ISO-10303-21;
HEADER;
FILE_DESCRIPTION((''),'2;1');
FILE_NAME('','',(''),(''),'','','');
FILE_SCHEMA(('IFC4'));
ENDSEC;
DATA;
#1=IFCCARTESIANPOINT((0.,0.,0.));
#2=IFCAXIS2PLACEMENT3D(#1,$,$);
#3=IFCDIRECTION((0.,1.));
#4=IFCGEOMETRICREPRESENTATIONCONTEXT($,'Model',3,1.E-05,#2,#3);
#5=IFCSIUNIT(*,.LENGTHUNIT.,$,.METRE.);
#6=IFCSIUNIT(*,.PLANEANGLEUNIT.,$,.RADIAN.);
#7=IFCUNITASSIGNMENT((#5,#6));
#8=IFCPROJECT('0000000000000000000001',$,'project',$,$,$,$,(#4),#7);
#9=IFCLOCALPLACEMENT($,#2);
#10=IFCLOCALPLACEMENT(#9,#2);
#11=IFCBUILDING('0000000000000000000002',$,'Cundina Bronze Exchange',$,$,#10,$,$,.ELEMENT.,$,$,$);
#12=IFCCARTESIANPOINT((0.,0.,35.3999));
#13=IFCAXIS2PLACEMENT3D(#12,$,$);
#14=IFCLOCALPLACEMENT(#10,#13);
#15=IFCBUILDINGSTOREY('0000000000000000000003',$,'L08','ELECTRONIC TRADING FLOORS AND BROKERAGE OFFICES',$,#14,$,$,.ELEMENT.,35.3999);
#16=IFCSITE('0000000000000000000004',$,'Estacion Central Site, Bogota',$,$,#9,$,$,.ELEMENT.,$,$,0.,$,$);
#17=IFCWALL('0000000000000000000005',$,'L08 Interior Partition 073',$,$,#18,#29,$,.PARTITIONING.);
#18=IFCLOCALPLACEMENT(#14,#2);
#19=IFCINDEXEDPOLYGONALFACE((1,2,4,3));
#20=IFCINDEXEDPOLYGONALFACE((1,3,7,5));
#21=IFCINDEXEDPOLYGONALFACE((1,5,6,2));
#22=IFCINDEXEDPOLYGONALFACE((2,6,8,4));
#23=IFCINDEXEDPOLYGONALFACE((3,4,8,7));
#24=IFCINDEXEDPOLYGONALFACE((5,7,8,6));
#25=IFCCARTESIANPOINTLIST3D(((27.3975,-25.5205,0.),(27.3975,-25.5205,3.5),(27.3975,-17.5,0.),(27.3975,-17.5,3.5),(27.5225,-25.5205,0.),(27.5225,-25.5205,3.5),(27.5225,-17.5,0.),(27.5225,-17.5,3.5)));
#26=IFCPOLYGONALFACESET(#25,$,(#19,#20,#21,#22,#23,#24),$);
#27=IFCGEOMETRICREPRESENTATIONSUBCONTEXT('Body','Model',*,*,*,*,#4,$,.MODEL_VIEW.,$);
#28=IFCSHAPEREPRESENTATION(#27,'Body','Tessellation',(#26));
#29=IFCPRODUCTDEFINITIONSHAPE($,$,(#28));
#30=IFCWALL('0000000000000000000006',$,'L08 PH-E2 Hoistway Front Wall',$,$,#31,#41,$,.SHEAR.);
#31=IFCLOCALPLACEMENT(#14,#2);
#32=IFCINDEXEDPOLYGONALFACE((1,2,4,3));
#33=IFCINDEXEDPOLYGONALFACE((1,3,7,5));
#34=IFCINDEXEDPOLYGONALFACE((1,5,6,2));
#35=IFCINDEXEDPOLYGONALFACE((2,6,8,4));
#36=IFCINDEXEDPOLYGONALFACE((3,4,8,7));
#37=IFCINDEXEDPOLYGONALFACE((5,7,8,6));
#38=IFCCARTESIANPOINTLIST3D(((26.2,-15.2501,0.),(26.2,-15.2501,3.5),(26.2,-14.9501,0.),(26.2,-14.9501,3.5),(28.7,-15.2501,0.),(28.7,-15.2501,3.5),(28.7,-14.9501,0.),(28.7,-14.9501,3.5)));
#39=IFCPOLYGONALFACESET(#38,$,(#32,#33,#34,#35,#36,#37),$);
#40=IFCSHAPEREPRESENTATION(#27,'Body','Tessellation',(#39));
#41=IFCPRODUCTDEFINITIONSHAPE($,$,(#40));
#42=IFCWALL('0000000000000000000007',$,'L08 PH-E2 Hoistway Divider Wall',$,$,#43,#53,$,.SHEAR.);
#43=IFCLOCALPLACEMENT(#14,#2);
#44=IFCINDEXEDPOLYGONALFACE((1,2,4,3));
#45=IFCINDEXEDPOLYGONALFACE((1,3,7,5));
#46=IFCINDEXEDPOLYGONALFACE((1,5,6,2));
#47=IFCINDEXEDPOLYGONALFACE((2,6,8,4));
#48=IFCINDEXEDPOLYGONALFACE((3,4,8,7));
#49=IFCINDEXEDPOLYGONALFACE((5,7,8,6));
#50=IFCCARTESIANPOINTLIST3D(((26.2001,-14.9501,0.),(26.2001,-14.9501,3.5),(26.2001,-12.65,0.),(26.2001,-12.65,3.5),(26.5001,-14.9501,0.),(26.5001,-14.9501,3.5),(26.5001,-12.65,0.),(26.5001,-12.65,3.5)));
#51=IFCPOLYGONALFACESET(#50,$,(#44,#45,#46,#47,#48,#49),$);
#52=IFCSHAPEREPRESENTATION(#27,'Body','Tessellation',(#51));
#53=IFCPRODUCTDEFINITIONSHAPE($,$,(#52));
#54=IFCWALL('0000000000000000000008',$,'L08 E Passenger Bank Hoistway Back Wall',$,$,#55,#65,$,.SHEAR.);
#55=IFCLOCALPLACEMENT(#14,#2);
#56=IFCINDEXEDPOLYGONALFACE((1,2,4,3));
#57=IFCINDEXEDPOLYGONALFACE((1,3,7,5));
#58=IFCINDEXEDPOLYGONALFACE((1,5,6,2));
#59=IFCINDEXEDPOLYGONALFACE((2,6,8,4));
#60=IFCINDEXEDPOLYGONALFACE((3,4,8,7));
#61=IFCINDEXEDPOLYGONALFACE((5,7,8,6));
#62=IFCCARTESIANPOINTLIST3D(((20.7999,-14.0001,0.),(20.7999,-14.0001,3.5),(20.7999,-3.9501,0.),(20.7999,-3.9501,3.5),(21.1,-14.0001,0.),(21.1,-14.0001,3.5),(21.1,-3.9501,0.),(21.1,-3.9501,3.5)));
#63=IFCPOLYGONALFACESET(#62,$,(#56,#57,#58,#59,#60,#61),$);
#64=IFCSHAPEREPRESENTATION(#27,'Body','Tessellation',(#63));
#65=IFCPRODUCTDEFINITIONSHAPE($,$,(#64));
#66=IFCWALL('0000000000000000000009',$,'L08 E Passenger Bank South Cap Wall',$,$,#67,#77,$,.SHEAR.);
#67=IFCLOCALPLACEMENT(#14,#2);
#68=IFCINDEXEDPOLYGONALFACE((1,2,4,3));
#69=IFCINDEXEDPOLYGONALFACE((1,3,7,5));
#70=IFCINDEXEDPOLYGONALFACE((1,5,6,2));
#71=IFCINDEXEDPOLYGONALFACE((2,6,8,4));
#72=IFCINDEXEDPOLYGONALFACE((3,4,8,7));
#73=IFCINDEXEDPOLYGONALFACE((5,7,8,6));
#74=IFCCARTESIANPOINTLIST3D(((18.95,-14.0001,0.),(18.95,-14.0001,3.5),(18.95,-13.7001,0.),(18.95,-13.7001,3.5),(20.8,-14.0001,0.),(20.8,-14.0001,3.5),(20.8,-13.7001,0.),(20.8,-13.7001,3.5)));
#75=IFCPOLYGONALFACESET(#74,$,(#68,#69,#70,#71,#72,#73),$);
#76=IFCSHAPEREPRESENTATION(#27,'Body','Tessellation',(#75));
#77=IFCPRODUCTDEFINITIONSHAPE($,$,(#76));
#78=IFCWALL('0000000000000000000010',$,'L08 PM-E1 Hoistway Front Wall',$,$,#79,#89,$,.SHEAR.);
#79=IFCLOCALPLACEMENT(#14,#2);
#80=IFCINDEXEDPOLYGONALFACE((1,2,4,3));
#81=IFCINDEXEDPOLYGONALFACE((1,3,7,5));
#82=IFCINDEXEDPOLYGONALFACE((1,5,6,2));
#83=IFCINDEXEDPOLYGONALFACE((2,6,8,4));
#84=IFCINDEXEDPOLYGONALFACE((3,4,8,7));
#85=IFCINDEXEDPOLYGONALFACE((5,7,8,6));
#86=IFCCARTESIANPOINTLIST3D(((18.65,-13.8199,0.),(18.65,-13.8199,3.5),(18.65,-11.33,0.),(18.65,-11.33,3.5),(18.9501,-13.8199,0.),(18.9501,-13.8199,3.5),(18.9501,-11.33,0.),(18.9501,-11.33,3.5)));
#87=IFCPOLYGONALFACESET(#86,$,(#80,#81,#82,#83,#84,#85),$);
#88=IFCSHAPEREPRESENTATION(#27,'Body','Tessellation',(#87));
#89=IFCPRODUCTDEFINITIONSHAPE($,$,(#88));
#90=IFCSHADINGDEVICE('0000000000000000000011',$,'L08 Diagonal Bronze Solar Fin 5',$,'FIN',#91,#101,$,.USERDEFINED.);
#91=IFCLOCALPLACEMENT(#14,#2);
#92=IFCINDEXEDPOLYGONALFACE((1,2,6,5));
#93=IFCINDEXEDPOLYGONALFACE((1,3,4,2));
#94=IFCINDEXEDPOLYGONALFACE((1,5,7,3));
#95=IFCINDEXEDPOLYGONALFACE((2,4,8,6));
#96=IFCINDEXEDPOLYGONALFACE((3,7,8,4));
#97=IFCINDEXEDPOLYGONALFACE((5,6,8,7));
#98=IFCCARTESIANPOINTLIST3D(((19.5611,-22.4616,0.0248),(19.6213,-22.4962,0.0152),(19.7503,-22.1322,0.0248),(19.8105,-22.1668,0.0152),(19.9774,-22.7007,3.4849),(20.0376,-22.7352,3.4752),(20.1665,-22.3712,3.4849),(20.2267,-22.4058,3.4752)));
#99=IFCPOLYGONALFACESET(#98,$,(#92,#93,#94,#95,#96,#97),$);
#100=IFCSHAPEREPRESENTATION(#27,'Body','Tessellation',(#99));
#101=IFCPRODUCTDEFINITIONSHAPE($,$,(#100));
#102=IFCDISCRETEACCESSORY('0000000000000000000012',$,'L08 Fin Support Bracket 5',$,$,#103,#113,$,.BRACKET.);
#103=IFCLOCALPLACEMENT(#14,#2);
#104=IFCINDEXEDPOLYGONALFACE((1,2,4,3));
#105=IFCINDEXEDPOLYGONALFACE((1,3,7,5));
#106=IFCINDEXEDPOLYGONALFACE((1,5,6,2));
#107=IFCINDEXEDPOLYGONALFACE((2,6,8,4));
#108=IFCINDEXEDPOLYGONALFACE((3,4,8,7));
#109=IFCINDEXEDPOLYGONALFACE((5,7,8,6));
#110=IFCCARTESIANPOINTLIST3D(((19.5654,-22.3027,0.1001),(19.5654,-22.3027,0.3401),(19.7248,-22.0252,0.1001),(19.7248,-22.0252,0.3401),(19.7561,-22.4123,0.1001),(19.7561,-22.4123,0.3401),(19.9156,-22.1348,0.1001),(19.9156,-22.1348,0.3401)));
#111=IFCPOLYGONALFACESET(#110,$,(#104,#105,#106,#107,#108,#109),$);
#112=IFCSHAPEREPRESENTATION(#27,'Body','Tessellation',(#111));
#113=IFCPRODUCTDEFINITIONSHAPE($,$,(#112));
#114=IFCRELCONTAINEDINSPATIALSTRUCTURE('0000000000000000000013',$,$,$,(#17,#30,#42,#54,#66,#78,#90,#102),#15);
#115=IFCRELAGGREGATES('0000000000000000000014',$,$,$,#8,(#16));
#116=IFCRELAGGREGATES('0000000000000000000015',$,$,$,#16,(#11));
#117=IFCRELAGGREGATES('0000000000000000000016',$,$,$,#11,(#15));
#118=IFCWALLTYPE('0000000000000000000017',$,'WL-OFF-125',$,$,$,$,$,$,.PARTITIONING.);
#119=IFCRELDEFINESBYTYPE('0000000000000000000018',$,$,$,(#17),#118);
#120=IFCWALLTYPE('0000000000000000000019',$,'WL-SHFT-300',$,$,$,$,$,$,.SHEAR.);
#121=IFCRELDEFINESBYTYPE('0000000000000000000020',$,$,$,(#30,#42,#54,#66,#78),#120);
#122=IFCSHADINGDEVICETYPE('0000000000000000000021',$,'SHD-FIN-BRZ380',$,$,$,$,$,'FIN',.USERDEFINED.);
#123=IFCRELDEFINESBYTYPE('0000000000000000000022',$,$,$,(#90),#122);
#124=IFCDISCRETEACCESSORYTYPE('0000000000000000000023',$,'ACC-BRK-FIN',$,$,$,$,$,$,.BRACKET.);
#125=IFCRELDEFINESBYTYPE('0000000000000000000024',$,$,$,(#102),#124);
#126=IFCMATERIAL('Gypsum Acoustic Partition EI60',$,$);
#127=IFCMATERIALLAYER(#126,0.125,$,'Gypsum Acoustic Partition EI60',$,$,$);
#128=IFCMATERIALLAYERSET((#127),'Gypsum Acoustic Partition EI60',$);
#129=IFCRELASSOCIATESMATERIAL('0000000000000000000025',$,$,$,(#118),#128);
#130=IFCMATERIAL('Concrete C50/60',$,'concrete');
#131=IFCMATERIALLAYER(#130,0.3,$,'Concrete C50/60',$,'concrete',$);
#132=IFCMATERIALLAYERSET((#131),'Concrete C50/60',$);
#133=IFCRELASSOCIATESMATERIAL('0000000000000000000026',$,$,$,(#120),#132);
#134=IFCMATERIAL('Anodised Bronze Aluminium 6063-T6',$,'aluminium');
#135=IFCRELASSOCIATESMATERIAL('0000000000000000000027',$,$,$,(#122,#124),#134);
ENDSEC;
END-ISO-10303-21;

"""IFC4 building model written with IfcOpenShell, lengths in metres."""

from ifc_helpers import new_model, si_unit, direction, frame, frame_2d, origin, origin_2d, place, context, subcontext, project, spatial, rectangle, extrude, material, layer, layer_set, material_profile, profile_set, type_object, element, save


model = new_model("IFC4")

# Units and contexts
model_context = context("Model", 3, precision=1e-05, world=origin(), true_north=direction((0.0, 1.0)))
body_context = subcontext(model_context, "Body", "Model", "MODEL_VIEW")
ifc_project = project(units=[si_unit("LENGTHUNIT", "METRE"), si_unit("PLANEANGLEUNIT", "RADIAN")], contexts=[model_context])

# Site, building, storey
site_placement = place(None, origin())
site = spatial("IfcSite", under=ifc_project, at=site_placement, Name="Estacion Central Site, Bogota", CompositionType="ELEMENT", RefElevation=0.0)
building_placement = place(site_placement, origin())
building = spatial("IfcBuilding", under=site, at=building_placement, Name="Cundina Bronze Exchange", CompositionType="ELEMENT")
storey_placement = place(building_placement, frame((0.0, 0.0, 35.3999)))
storey = spatial("IfcBuildingStorey", under=building, at=storey_placement, Name="L08", Description="ELECTRONIC TRADING FLOORS AND BROKERAGE OFFICES", CompositionType="ELEMENT", Elevation=35.3999)

# Shared definitions
ifc_material_1 = material(Name="Anodised Bronze Aluminium 6063-T6", Category="aluminium")

# Walls
ifc_material_2 = material(Name="Gypsum Acoustic Partition EI60")
ifc_layer_1 = layer(ifc_material_2, 0.125, Name="Gypsum Acoustic Partition EI60")
ifc_layer_set_1 = layer_set([ifc_layer_1], Name="Gypsum Acoustic Partition EI60")
wall_type_1 = type_object("IfcWallType", Name="WL-OFF-125", PredefinedType="PARTITIONING", material=ifc_layer_set_1)
wall_1_placement = place(storey_placement, frame((27.46, -25.5205, 0.0), z_axis=(0.0, 0.0, 1.0), x_axis=(0.0, 1.0, 0.0)))
element("IfcWall", 1, at=wall_1_placement, inside=storey, type_object=wall_type_1, Name="L08 Interior Partition 073", PredefinedType="PARTITIONING", context=body_context, shape_type="SweptSolid", body=[
    extrude(rectangle(XDim=8.0205, YDim=0.125, at=frame_2d((4.0103, 0.0))), origin(), (0.0, 0.0, 1.0), 3.5),
])
ifc_material_3 = material(Name="Concrete C50/60", Category="concrete")
ifc_layer_2 = layer(ifc_material_3, 0.3, Name="Concrete C50/60", Category="concrete")
ifc_layer_set_2 = layer_set([ifc_layer_2], Name="Concrete C50/60")
wall_type_2 = type_object("IfcWallType", Name="WL-SHFT-300", PredefinedType="SHEAR", material=ifc_layer_set_2)
wall_2_placement = place(storey_placement, frame((26.2, -15.1001, 0.0), z_axis=(0.0, 0.0, 1.0), x_axis=(1.0, 0.0, 0.0)))
element("IfcWall", 2, at=wall_2_placement, inside=storey, type_object=wall_type_2, Name="L08 PH-E2 Hoistway Front Wall", PredefinedType="SHEAR", context=body_context, shape_type="SweptSolid", body=[
    extrude(rectangle(XDim=2.5, YDim=0.3, at=frame_2d((1.25, 0.0))), origin(), (0.0, 0.0, 1.0), 3.5),
])
wall_3_placement = place(storey_placement, frame((26.3501, -14.95, 0.0), z_axis=(0.0, 0.0, 1.0), x_axis=(0.0, 1.0, 0.0)))
element("IfcWall", 3, at=wall_3_placement, inside=storey, type_object=wall_type_2, Name="L08 PH-E2 Hoistway Divider Wall", PredefinedType="SHEAR", context=body_context, shape_type="SweptSolid", body=[
    extrude(rectangle(XDim=2.3, YDim=0.3, at=frame_2d((1.1499, 0.0))), origin(), (0.0, 0.0, 1.0), 3.5),
])
wall_4_placement = place(storey_placement, frame((20.95, -14.0, 0.0), z_axis=(0.0, 0.0, 1.0), x_axis=(0.0, 1.0, 0.0)))
element("IfcWall", 4, at=wall_4_placement, inside=storey, type_object=wall_type_2, Name="L08 E Passenger Bank Hoistway Back Wall", PredefinedType="SHEAR", context=body_context, shape_type="SweptSolid", body=[
    extrude(rectangle(XDim=10.05, YDim=0.3, at=frame_2d((5.0249, 0.0))), origin(), (0.0, 0.0, 1.0), 3.5),
])
wall_5_placement = place(storey_placement, frame((18.95, -13.8501, 0.0), z_axis=(0.0, 0.0, 1.0), x_axis=(1.0, 0.0, 0.0)))
element("IfcWall", 5, at=wall_5_placement, inside=storey, type_object=wall_type_2, Name="L08 E Passenger Bank South Cap Wall", PredefinedType="SHEAR", context=body_context, shape_type="SweptSolid", body=[
    extrude(rectangle(XDim=1.8501, YDim=0.3, at=frame_2d((0.925, 0.0))), origin(), (0.0, 0.0, 1.0), 3.5),
])
wall_6_placement = place(storey_placement, frame((18.8, -13.8201, 0.0), z_axis=(0.0, 0.0, 1.0), x_axis=(0.0, 1.0, 0.0)))
element("IfcWall", 6, at=wall_6_placement, inside=storey, type_object=wall_type_2, Name="L08 PM-E1 Hoistway Front Wall", PredefinedType="SHEAR", context=body_context, shape_type="SweptSolid", body=[
    extrude(rectangle(XDim=2.49, YDim=0.3, at=frame_2d((1.2451, 0.0))), origin(), (0.0, 0.0, 1.0), 3.5),
])

# Shading device
ifc_material_profile_1 = material_profile(ifc_material_1, rectangle(XDim=0.0701, YDim=0.3799, at=origin_2d()), Name="FIN70X380", Category="aluminium")
ifc_profile_set_1 = profile_set([ifc_material_profile_1], Name="Anodised Bronze Aluminium 6063-T6")
shading_device_type = type_object("IfcShadingDeviceType", Name="SHD-FIN-BRZ380", ElementType="FIN", PredefinedType="USERDEFINED", material=ifc_profile_set_1)
shading_device_placement = place(storey_placement, frame((19.6858, -22.3142, 0.02), z_axis=(0.119166, -0.068425, 0.990514), x_axis=(-0.858982, 0.493222, 0.137414)))
element("IfcShadingDevice", 7, at=shading_device_placement, inside=storey, type_object=shading_device_type, Name="L08 Diagonal Bronze Solar Fin 5", ObjectType="FIN", PredefinedType="USERDEFINED", context=body_context, shape_type="SweptSolid", body=[
    extrude(rectangle(XDim=0.0701, YDim=0.3799, at=origin_2d()), origin(), (0.0, 0.0, 1.0), 3.4932),
])

# Discrete accessory
discrete_accessory_type = type_object("IfcDiscreteAccessoryType", Name="ACC-BRK-FIN", PredefinedType="BRACKET", material=ifc_material_1)
discrete_accessory_placement = place(storey_placement, frame((19.7405, -22.2188, 0.1001), z_axis=(0.0, 0.0, 1.0), x_axis=(0.867105, -0.498125, 0.0)))
element("IfcDiscreteAccessory", 8, at=discrete_accessory_placement, inside=storey, type_object=discrete_accessory_type, Name="L08 Fin Support Bracket 5", PredefinedType="BRACKET", context=body_context, shape_type="SweptSolid", body=[
    extrude(rectangle(XDim=0.22, YDim=0.3201, at=origin_2d()), origin(), (0.0, 0.0, 1.0), 0.24),
])

save(model, "model.ifc")
